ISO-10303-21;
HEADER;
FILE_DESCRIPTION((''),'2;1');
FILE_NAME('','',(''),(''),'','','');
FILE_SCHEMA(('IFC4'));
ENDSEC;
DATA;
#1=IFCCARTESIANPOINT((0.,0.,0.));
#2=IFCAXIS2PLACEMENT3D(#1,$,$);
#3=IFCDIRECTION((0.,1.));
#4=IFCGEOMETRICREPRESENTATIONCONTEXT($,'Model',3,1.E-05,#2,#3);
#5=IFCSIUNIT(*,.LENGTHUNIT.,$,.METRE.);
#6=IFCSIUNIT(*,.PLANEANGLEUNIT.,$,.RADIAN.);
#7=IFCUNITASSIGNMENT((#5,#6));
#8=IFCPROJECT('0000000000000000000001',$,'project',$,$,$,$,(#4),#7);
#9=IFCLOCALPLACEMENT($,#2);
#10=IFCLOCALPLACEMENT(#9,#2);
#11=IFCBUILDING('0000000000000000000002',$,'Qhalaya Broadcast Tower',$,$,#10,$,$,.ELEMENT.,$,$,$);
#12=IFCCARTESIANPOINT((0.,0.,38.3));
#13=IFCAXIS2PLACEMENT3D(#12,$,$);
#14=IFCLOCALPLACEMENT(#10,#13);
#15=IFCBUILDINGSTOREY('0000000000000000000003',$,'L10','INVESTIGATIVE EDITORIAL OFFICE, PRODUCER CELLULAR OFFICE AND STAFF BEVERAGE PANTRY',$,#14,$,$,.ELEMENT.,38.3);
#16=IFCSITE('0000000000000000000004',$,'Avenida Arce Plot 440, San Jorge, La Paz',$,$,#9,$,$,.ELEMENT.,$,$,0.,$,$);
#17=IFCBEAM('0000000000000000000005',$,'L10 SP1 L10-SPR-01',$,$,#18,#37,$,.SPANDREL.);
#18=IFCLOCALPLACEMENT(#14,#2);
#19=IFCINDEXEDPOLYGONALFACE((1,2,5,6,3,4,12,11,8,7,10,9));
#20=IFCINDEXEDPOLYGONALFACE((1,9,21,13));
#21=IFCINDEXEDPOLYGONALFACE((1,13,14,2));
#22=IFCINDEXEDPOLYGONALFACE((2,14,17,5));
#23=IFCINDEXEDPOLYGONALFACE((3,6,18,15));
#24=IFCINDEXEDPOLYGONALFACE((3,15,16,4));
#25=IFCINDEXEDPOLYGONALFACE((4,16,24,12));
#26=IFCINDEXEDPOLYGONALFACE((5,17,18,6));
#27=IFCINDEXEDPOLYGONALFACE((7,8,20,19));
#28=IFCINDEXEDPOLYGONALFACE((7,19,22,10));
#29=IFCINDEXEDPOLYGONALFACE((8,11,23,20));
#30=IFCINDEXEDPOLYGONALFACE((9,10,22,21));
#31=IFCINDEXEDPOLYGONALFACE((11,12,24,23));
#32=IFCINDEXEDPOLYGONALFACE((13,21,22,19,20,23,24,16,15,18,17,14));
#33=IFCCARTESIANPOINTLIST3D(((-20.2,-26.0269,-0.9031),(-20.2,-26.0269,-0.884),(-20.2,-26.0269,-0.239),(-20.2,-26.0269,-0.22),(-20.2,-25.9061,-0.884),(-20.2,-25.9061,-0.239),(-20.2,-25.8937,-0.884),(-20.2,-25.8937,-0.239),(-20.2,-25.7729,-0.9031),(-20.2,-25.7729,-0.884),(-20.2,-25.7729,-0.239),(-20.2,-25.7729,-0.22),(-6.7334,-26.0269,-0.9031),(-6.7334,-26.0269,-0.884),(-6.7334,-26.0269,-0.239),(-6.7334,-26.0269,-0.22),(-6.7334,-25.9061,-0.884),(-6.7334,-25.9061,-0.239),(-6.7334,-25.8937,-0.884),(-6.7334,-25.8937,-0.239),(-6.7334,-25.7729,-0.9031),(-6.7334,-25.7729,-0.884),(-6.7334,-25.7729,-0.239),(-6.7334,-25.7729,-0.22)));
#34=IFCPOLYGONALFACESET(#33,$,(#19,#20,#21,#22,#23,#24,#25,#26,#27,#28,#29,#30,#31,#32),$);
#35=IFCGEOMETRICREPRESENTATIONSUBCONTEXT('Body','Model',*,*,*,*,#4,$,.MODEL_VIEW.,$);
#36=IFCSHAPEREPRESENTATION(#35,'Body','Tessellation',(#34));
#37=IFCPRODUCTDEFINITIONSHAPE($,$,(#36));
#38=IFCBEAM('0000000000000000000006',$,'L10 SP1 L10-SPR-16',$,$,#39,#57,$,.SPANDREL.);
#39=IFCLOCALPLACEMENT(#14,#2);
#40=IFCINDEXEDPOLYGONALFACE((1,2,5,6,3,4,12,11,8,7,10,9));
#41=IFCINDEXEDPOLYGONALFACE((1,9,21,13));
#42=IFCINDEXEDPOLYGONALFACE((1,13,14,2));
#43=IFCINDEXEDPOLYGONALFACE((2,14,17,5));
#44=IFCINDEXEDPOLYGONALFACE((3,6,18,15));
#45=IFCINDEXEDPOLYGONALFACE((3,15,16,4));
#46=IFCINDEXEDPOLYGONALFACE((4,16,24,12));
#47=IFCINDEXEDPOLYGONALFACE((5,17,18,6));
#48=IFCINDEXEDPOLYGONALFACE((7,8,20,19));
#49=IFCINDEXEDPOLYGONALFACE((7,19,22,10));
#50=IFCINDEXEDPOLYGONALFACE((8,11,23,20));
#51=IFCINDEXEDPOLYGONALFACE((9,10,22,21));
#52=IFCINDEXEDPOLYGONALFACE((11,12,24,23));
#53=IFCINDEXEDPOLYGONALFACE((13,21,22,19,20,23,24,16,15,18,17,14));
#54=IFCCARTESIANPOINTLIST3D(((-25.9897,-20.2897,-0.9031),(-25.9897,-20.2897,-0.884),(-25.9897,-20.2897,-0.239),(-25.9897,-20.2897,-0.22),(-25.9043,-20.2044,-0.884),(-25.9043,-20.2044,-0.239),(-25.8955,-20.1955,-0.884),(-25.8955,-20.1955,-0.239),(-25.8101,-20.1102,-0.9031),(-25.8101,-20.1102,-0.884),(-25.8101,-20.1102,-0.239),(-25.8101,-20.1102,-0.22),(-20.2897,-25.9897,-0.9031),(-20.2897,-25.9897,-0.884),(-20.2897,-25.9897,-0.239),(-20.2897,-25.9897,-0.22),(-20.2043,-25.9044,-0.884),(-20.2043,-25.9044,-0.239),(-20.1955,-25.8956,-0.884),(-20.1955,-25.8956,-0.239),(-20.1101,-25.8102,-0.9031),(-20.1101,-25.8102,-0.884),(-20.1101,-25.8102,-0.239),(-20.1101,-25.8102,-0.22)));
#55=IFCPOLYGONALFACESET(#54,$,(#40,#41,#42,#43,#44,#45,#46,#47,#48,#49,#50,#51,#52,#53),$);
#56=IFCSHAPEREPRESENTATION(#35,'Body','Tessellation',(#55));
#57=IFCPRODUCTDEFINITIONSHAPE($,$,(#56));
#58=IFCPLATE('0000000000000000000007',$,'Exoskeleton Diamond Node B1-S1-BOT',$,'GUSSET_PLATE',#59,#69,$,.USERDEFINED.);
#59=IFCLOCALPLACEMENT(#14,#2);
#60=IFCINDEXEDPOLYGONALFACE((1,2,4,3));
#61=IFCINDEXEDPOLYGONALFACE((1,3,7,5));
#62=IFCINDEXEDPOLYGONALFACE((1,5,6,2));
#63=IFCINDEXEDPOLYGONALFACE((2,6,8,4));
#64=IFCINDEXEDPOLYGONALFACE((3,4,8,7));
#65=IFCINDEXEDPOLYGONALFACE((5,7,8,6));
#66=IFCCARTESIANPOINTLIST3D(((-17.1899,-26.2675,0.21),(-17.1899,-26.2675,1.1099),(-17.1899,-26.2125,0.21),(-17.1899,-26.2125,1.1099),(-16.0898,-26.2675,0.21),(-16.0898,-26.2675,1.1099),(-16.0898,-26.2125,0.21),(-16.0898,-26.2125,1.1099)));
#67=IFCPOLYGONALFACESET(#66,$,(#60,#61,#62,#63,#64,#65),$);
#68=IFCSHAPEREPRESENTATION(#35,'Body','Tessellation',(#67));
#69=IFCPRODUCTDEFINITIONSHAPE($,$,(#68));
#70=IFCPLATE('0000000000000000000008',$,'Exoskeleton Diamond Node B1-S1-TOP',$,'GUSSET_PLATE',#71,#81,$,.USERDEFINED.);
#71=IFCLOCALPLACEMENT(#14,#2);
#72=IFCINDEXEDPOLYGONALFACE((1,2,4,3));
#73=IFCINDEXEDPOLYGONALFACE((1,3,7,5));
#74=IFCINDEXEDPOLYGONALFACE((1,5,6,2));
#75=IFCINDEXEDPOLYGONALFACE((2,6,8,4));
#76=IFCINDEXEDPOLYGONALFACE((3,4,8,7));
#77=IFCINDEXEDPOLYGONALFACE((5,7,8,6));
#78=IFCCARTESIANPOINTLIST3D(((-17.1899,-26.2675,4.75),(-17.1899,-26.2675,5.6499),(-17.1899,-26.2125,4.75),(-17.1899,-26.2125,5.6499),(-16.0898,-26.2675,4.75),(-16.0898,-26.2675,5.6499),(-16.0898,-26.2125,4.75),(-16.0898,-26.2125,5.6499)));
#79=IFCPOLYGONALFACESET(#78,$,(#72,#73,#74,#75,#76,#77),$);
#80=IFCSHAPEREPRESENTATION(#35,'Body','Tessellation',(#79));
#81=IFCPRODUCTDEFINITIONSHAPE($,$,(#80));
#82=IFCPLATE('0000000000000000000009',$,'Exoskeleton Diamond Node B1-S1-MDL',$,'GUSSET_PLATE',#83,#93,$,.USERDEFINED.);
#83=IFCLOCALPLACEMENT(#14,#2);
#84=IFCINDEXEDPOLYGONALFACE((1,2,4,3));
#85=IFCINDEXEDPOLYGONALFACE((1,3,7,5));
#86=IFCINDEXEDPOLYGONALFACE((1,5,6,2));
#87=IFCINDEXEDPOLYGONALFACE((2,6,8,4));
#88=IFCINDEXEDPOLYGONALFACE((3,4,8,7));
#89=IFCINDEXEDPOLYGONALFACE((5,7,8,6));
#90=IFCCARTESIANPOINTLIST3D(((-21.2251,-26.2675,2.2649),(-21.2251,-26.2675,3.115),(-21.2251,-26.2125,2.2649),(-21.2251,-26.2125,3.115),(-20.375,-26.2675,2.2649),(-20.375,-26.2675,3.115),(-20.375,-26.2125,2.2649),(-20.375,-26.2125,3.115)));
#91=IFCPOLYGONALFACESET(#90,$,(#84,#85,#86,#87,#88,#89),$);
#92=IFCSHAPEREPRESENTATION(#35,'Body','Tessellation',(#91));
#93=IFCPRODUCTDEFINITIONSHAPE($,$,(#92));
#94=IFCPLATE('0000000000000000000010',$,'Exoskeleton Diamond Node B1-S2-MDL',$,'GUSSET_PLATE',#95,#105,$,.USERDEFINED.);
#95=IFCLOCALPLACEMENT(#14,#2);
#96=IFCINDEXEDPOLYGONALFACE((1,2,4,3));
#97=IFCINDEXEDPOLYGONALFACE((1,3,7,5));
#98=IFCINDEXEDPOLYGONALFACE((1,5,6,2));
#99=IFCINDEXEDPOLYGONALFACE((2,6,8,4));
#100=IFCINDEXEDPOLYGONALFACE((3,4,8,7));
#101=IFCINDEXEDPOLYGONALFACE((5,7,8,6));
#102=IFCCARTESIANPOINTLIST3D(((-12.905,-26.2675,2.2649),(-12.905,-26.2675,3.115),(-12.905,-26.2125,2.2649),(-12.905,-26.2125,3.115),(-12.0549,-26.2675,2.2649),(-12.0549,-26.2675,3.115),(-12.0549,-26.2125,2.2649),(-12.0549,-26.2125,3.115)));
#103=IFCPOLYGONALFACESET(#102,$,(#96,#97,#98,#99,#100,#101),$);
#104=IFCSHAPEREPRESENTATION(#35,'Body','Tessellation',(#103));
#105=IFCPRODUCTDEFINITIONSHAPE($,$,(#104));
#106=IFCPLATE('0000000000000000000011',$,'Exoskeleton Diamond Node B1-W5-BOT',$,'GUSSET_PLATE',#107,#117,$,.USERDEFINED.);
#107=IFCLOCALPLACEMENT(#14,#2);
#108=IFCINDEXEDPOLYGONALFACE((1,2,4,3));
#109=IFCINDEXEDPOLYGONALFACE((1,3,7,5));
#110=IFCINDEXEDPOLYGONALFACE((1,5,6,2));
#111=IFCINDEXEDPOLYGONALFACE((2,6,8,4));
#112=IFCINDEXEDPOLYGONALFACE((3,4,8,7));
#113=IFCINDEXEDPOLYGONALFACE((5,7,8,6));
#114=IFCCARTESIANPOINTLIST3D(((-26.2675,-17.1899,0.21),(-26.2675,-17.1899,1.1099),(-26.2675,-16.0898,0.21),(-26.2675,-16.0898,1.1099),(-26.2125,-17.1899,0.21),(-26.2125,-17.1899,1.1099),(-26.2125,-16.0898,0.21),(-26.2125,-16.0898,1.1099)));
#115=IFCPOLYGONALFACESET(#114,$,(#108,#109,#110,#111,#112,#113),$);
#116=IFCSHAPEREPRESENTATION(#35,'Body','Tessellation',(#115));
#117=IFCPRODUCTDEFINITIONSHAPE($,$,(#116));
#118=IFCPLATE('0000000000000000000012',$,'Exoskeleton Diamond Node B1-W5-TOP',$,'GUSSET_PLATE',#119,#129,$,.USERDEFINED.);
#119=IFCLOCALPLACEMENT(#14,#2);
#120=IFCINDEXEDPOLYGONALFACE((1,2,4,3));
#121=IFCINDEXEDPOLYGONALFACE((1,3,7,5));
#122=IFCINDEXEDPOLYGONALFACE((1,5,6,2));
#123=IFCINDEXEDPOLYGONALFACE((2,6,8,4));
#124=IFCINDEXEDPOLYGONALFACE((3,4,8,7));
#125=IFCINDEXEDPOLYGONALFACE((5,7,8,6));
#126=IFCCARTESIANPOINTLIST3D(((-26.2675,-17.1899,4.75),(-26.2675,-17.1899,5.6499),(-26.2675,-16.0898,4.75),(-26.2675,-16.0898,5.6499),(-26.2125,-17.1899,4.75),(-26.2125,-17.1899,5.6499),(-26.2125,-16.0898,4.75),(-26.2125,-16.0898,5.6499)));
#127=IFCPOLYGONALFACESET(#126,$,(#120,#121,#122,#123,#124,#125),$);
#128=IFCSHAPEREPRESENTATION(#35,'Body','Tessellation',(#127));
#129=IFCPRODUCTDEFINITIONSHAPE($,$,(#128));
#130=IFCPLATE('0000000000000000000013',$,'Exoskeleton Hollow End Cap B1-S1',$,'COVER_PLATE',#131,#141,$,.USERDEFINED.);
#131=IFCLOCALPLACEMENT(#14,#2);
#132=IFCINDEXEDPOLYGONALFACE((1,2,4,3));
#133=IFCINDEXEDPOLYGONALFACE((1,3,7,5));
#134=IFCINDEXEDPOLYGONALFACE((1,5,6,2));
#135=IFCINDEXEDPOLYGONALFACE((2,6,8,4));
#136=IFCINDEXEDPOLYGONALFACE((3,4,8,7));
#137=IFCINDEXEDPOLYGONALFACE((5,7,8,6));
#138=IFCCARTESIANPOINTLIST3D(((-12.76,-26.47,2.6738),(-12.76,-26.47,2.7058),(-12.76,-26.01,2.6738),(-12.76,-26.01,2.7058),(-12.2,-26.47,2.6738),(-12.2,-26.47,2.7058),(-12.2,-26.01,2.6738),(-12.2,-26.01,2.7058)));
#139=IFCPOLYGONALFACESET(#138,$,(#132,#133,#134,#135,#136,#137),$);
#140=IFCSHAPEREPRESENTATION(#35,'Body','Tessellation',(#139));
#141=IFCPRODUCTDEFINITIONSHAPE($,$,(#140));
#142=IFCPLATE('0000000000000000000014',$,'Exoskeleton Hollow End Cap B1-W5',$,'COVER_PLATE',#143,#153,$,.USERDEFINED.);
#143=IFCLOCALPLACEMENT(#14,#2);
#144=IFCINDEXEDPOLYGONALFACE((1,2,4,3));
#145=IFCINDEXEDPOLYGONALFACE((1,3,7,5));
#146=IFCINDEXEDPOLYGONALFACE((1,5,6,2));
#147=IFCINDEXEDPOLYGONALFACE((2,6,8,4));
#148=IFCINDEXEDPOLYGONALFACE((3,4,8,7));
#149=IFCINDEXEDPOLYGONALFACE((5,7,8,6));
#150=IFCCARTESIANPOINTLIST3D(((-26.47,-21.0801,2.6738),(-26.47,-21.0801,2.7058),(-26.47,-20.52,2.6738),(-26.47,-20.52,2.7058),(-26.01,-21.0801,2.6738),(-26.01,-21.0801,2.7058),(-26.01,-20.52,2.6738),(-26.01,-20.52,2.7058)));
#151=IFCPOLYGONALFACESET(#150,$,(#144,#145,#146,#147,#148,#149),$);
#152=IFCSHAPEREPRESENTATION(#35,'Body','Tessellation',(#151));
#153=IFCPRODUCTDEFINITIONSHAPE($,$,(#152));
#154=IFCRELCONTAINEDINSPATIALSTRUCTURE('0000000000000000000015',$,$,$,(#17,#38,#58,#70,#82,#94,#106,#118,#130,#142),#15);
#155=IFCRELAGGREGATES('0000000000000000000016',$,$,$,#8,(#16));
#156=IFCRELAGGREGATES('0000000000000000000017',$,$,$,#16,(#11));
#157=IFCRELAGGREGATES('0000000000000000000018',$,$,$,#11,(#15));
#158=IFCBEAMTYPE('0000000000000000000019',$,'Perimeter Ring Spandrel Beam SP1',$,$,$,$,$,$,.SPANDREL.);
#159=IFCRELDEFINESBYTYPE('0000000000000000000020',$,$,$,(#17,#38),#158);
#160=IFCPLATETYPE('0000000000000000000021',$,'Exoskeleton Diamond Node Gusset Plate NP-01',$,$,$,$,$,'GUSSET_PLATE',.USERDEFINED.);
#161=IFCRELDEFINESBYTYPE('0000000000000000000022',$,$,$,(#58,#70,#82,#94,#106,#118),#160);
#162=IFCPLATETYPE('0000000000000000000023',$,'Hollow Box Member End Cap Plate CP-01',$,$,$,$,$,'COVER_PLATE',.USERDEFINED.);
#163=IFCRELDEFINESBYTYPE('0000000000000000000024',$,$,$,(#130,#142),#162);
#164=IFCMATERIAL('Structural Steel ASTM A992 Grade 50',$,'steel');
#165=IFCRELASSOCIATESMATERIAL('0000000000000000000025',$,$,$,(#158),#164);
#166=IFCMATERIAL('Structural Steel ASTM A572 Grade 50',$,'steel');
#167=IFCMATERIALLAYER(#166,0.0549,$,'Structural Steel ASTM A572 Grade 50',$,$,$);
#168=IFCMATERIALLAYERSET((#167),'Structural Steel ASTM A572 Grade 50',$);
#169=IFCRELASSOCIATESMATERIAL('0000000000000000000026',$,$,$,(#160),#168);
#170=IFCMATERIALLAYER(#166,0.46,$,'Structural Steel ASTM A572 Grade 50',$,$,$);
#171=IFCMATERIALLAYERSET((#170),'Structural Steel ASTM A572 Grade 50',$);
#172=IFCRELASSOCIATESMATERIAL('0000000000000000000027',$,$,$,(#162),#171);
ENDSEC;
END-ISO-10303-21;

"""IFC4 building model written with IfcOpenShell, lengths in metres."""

from ifc_helpers import new_model, si_unit, direction, frame, origin, origin_2d, place, context, subcontext, project, spatial, rectangle, i_section, extrude, material, layer, layer_set, material_profile, profile_set, type_object, element, save


model = new_model("IFC4")

# Units and contexts
model_context = context("Model", 3, precision=1e-05, world=origin(), true_north=direction((0.0, 1.0)))
body_context = subcontext(model_context, "Body", "Model", "MODEL_VIEW")
ifc_project = project(units=[si_unit("LENGTHUNIT", "METRE"), si_unit("PLANEANGLEUNIT", "RADIAN")], contexts=[model_context])

# Site, building, storey
site_placement = place(None, origin())
site = spatial("IfcSite", under=ifc_project, at=site_placement, Name="Avenida Arce Plot 440, San Jorge, La Paz", CompositionType="ELEMENT", RefElevation=0.0)
building_placement = place(site_placement, origin())
building = spatial("IfcBuilding", under=site, at=building_placement, Name="Qhalaya Broadcast Tower", CompositionType="ELEMENT")
storey_placement = place(building_placement, frame((0.0, 0.0, 38.3)))
storey = spatial("IfcBuildingStorey", under=building, at=storey_placement, Name="L10", Description="INVESTIGATIVE EDITORIAL OFFICE, PRODUCER CELLULAR OFFICE AND STAFF BEVERAGE PANTRY", CompositionType="ELEMENT", Elevation=38.3)

# Shared definitions
ifc_material_1 = material(Name="Structural Steel ASTM A572 Grade 50", Category="steel")

# Beams
ifc_material_2 = material(Name="Structural Steel ASTM A992 Grade 50", Category="steel")
ifc_material_profile_1 = material_profile(ifc_material_2, i_section(OverallWidth=0.2539, OverallDepth=0.6831, WebThickness=0.0125, FlangeThickness=0.019, at=origin_2d()), Name="W27X94")
ifc_profile_set_1 = profile_set([ifc_material_profile_1], Name="Structural Steel ASTM A992 Grade 50")
beam_type = type_object("IfcBeamType", Name="Perimeter Ring Spandrel Beam SP1", PredefinedType="SPANDREL", material=ifc_profile_set_1)
beam_1_placement = place(storey_placement, frame((-20.2, -25.8999, -0.5615), z_axis=(1.0, 0.0, 0.0), x_axis=(0.0, 1.0, 0.0)))
element("IfcBeam", 1, at=beam_1_placement, inside=storey, type_object=beam_type, Name="L10 SP1 L10-SPR-01", PredefinedType="SPANDREL", context=body_context, shape_type="SweptSolid", body=[
    extrude(i_section(OverallWidth=0.2539, OverallDepth=0.6831, WebThickness=0.0125, FlangeThickness=0.019, at=origin_2d()), origin(), (0.0, 0.0, 1.0), 13.4666),
])
beam_2_placement = place(storey_placement, frame((-25.8999, -20.2, -0.5615), z_axis=(0.707107, -0.707107, 0.0), x_axis=(0.707107, 0.707107, 0.0)))
element("IfcBeam", 2, at=beam_2_placement, inside=storey, type_object=beam_type, Name="L10 SP1 L10-SPR-16", PredefinedType="SPANDREL", context=body_context, shape_type="SweptSolid", body=[
    extrude(i_section(OverallWidth=0.2539, OverallDepth=0.6831, WebThickness=0.0125, FlangeThickness=0.019, at=origin_2d()), origin(), (0.0, 0.0, 1.0), 8.061),
])

# Plates
ifc_layer_1 = layer(ifc_material_1, 0.0549, Name="Structural Steel ASTM A572 Grade 50")
ifc_layer_set_1 = layer_set([ifc_layer_1], Name="Structural Steel ASTM A572 Grade 50")
plate_type_1 = type_object("IfcPlateType", Name="Exoskeleton Diamond Node Gusset Plate NP-01", ElementType="GUSSET_PLATE", PredefinedType="USERDEFINED", material=ifc_layer_set_1)
for number, where, z_axis, x_axis, name in (
    (3, (-16.6399, -26.24, 0.21), (0.0, 0.0, 1.0), (1.0, 0.0, 0.0), "Exoskeleton Diamond Node B1-S1-BOT"),
    (4, (-16.6399, -26.24, 4.75), (0.0, 0.0, 1.0), (1.0, 0.0, 0.0), "Exoskeleton Diamond Node B1-S1-TOP"),
):
    element("IfcPlate", number, at=place(storey_placement, frame(where, z_axis=z_axis, x_axis=x_axis)), inside=storey, type_object=plate_type_1, Name=name, ObjectType="GUSSET_PLATE", PredefinedType="USERDEFINED", context=body_context, shape_type="SweptSolid", body=[
        extrude(rectangle(XDim=1.1001, YDim=0.0549, at=origin_2d()), origin(), (0.0, 0.0, 1.0), 0.8999),
    ])
for number, where, z_axis, x_axis, name in (
    (5, (-20.8, -26.24, 2.2649), (0.0, 0.0, 1.0), (1.0, 0.0, 0.0), "Exoskeleton Diamond Node B1-S1-MDL"),
    (6, (-12.48, -26.24, 2.2649), (0.0, 0.0, 1.0), (1.0, 0.0, 0.0), "Exoskeleton Diamond Node B1-S2-MDL"),
):
    element("IfcPlate", number, at=place(storey_placement, frame(where, z_axis=z_axis, x_axis=x_axis)), inside=storey, type_object=plate_type_1, Name=name, ObjectType="GUSSET_PLATE", PredefinedType="USERDEFINED", context=body_context, shape_type="SweptSolid", body=[
        extrude(rectangle(XDim=0.8501, YDim=0.0549, at=origin_2d()), origin(), (0.0, 0.0, 1.0), 0.8501),
    ])
for number, where, z_axis, x_axis, name in (
    (7, (-26.24, -16.6399, 0.21), (0.0, 0.0, 1.0), (0.0, 1.0, 0.0), "Exoskeleton Diamond Node B1-W5-BOT"),
    (8, (-26.24, -16.6399, 4.75), (0.0, 0.0, 1.0), (0.0, 1.0, 0.0), "Exoskeleton Diamond Node B1-W5-TOP"),
):
    element("IfcPlate", number, at=place(storey_placement, frame(where, z_axis=z_axis, x_axis=x_axis)), inside=storey, type_object=plate_type_1, Name=name, ObjectType="GUSSET_PLATE", PredefinedType="USERDEFINED", context=body_context, shape_type="SweptSolid", body=[
        extrude(rectangle(XDim=1.1001, YDim=0.0549, at=origin_2d()), origin(), (0.0, 0.0, 1.0), 0.8999),
    ])
ifc_layer_2 = layer(ifc_material_1, 0.46, Name="Structural Steel ASTM A572 Grade 50")
ifc_layer_set_2 = layer_set([ifc_layer_2], Name="Structural Steel ASTM A572 Grade 50")
plate_type_2 = type_object("IfcPlateType", Name="Hollow Box Member End Cap Plate CP-01", ElementType="COVER_PLATE", PredefinedType="USERDEFINED", material=ifc_layer_set_2)
for number, where, z_axis, x_axis, name in (
    (9, (-12.48, -26.24, 2.6738), (0.0, 0.0, 1.0), (1.0, 0.0, 0.0), "Exoskeleton Hollow End Cap B1-S1"),
    (10, (-26.24, -20.8, 2.6738), (0.0, 0.0, 1.0), (0.0, 1.0, 0.0), "Exoskeleton Hollow End Cap B1-W5"),
):
    element("IfcPlate", number, at=place(storey_placement, frame(where, z_axis=z_axis, x_axis=x_axis)), inside=storey, type_object=plate_type_2, Name=name, ObjectType="COVER_PLATE", PredefinedType="USERDEFINED", context=body_context, shape_type="SweptSolid", body=[
        extrude(rectangle(XDim=0.5601, YDim=0.46, at=origin_2d()), origin(), (0.0, 0.0, 1.0), 0.032),
    ])

save(model, "model.ifc")
